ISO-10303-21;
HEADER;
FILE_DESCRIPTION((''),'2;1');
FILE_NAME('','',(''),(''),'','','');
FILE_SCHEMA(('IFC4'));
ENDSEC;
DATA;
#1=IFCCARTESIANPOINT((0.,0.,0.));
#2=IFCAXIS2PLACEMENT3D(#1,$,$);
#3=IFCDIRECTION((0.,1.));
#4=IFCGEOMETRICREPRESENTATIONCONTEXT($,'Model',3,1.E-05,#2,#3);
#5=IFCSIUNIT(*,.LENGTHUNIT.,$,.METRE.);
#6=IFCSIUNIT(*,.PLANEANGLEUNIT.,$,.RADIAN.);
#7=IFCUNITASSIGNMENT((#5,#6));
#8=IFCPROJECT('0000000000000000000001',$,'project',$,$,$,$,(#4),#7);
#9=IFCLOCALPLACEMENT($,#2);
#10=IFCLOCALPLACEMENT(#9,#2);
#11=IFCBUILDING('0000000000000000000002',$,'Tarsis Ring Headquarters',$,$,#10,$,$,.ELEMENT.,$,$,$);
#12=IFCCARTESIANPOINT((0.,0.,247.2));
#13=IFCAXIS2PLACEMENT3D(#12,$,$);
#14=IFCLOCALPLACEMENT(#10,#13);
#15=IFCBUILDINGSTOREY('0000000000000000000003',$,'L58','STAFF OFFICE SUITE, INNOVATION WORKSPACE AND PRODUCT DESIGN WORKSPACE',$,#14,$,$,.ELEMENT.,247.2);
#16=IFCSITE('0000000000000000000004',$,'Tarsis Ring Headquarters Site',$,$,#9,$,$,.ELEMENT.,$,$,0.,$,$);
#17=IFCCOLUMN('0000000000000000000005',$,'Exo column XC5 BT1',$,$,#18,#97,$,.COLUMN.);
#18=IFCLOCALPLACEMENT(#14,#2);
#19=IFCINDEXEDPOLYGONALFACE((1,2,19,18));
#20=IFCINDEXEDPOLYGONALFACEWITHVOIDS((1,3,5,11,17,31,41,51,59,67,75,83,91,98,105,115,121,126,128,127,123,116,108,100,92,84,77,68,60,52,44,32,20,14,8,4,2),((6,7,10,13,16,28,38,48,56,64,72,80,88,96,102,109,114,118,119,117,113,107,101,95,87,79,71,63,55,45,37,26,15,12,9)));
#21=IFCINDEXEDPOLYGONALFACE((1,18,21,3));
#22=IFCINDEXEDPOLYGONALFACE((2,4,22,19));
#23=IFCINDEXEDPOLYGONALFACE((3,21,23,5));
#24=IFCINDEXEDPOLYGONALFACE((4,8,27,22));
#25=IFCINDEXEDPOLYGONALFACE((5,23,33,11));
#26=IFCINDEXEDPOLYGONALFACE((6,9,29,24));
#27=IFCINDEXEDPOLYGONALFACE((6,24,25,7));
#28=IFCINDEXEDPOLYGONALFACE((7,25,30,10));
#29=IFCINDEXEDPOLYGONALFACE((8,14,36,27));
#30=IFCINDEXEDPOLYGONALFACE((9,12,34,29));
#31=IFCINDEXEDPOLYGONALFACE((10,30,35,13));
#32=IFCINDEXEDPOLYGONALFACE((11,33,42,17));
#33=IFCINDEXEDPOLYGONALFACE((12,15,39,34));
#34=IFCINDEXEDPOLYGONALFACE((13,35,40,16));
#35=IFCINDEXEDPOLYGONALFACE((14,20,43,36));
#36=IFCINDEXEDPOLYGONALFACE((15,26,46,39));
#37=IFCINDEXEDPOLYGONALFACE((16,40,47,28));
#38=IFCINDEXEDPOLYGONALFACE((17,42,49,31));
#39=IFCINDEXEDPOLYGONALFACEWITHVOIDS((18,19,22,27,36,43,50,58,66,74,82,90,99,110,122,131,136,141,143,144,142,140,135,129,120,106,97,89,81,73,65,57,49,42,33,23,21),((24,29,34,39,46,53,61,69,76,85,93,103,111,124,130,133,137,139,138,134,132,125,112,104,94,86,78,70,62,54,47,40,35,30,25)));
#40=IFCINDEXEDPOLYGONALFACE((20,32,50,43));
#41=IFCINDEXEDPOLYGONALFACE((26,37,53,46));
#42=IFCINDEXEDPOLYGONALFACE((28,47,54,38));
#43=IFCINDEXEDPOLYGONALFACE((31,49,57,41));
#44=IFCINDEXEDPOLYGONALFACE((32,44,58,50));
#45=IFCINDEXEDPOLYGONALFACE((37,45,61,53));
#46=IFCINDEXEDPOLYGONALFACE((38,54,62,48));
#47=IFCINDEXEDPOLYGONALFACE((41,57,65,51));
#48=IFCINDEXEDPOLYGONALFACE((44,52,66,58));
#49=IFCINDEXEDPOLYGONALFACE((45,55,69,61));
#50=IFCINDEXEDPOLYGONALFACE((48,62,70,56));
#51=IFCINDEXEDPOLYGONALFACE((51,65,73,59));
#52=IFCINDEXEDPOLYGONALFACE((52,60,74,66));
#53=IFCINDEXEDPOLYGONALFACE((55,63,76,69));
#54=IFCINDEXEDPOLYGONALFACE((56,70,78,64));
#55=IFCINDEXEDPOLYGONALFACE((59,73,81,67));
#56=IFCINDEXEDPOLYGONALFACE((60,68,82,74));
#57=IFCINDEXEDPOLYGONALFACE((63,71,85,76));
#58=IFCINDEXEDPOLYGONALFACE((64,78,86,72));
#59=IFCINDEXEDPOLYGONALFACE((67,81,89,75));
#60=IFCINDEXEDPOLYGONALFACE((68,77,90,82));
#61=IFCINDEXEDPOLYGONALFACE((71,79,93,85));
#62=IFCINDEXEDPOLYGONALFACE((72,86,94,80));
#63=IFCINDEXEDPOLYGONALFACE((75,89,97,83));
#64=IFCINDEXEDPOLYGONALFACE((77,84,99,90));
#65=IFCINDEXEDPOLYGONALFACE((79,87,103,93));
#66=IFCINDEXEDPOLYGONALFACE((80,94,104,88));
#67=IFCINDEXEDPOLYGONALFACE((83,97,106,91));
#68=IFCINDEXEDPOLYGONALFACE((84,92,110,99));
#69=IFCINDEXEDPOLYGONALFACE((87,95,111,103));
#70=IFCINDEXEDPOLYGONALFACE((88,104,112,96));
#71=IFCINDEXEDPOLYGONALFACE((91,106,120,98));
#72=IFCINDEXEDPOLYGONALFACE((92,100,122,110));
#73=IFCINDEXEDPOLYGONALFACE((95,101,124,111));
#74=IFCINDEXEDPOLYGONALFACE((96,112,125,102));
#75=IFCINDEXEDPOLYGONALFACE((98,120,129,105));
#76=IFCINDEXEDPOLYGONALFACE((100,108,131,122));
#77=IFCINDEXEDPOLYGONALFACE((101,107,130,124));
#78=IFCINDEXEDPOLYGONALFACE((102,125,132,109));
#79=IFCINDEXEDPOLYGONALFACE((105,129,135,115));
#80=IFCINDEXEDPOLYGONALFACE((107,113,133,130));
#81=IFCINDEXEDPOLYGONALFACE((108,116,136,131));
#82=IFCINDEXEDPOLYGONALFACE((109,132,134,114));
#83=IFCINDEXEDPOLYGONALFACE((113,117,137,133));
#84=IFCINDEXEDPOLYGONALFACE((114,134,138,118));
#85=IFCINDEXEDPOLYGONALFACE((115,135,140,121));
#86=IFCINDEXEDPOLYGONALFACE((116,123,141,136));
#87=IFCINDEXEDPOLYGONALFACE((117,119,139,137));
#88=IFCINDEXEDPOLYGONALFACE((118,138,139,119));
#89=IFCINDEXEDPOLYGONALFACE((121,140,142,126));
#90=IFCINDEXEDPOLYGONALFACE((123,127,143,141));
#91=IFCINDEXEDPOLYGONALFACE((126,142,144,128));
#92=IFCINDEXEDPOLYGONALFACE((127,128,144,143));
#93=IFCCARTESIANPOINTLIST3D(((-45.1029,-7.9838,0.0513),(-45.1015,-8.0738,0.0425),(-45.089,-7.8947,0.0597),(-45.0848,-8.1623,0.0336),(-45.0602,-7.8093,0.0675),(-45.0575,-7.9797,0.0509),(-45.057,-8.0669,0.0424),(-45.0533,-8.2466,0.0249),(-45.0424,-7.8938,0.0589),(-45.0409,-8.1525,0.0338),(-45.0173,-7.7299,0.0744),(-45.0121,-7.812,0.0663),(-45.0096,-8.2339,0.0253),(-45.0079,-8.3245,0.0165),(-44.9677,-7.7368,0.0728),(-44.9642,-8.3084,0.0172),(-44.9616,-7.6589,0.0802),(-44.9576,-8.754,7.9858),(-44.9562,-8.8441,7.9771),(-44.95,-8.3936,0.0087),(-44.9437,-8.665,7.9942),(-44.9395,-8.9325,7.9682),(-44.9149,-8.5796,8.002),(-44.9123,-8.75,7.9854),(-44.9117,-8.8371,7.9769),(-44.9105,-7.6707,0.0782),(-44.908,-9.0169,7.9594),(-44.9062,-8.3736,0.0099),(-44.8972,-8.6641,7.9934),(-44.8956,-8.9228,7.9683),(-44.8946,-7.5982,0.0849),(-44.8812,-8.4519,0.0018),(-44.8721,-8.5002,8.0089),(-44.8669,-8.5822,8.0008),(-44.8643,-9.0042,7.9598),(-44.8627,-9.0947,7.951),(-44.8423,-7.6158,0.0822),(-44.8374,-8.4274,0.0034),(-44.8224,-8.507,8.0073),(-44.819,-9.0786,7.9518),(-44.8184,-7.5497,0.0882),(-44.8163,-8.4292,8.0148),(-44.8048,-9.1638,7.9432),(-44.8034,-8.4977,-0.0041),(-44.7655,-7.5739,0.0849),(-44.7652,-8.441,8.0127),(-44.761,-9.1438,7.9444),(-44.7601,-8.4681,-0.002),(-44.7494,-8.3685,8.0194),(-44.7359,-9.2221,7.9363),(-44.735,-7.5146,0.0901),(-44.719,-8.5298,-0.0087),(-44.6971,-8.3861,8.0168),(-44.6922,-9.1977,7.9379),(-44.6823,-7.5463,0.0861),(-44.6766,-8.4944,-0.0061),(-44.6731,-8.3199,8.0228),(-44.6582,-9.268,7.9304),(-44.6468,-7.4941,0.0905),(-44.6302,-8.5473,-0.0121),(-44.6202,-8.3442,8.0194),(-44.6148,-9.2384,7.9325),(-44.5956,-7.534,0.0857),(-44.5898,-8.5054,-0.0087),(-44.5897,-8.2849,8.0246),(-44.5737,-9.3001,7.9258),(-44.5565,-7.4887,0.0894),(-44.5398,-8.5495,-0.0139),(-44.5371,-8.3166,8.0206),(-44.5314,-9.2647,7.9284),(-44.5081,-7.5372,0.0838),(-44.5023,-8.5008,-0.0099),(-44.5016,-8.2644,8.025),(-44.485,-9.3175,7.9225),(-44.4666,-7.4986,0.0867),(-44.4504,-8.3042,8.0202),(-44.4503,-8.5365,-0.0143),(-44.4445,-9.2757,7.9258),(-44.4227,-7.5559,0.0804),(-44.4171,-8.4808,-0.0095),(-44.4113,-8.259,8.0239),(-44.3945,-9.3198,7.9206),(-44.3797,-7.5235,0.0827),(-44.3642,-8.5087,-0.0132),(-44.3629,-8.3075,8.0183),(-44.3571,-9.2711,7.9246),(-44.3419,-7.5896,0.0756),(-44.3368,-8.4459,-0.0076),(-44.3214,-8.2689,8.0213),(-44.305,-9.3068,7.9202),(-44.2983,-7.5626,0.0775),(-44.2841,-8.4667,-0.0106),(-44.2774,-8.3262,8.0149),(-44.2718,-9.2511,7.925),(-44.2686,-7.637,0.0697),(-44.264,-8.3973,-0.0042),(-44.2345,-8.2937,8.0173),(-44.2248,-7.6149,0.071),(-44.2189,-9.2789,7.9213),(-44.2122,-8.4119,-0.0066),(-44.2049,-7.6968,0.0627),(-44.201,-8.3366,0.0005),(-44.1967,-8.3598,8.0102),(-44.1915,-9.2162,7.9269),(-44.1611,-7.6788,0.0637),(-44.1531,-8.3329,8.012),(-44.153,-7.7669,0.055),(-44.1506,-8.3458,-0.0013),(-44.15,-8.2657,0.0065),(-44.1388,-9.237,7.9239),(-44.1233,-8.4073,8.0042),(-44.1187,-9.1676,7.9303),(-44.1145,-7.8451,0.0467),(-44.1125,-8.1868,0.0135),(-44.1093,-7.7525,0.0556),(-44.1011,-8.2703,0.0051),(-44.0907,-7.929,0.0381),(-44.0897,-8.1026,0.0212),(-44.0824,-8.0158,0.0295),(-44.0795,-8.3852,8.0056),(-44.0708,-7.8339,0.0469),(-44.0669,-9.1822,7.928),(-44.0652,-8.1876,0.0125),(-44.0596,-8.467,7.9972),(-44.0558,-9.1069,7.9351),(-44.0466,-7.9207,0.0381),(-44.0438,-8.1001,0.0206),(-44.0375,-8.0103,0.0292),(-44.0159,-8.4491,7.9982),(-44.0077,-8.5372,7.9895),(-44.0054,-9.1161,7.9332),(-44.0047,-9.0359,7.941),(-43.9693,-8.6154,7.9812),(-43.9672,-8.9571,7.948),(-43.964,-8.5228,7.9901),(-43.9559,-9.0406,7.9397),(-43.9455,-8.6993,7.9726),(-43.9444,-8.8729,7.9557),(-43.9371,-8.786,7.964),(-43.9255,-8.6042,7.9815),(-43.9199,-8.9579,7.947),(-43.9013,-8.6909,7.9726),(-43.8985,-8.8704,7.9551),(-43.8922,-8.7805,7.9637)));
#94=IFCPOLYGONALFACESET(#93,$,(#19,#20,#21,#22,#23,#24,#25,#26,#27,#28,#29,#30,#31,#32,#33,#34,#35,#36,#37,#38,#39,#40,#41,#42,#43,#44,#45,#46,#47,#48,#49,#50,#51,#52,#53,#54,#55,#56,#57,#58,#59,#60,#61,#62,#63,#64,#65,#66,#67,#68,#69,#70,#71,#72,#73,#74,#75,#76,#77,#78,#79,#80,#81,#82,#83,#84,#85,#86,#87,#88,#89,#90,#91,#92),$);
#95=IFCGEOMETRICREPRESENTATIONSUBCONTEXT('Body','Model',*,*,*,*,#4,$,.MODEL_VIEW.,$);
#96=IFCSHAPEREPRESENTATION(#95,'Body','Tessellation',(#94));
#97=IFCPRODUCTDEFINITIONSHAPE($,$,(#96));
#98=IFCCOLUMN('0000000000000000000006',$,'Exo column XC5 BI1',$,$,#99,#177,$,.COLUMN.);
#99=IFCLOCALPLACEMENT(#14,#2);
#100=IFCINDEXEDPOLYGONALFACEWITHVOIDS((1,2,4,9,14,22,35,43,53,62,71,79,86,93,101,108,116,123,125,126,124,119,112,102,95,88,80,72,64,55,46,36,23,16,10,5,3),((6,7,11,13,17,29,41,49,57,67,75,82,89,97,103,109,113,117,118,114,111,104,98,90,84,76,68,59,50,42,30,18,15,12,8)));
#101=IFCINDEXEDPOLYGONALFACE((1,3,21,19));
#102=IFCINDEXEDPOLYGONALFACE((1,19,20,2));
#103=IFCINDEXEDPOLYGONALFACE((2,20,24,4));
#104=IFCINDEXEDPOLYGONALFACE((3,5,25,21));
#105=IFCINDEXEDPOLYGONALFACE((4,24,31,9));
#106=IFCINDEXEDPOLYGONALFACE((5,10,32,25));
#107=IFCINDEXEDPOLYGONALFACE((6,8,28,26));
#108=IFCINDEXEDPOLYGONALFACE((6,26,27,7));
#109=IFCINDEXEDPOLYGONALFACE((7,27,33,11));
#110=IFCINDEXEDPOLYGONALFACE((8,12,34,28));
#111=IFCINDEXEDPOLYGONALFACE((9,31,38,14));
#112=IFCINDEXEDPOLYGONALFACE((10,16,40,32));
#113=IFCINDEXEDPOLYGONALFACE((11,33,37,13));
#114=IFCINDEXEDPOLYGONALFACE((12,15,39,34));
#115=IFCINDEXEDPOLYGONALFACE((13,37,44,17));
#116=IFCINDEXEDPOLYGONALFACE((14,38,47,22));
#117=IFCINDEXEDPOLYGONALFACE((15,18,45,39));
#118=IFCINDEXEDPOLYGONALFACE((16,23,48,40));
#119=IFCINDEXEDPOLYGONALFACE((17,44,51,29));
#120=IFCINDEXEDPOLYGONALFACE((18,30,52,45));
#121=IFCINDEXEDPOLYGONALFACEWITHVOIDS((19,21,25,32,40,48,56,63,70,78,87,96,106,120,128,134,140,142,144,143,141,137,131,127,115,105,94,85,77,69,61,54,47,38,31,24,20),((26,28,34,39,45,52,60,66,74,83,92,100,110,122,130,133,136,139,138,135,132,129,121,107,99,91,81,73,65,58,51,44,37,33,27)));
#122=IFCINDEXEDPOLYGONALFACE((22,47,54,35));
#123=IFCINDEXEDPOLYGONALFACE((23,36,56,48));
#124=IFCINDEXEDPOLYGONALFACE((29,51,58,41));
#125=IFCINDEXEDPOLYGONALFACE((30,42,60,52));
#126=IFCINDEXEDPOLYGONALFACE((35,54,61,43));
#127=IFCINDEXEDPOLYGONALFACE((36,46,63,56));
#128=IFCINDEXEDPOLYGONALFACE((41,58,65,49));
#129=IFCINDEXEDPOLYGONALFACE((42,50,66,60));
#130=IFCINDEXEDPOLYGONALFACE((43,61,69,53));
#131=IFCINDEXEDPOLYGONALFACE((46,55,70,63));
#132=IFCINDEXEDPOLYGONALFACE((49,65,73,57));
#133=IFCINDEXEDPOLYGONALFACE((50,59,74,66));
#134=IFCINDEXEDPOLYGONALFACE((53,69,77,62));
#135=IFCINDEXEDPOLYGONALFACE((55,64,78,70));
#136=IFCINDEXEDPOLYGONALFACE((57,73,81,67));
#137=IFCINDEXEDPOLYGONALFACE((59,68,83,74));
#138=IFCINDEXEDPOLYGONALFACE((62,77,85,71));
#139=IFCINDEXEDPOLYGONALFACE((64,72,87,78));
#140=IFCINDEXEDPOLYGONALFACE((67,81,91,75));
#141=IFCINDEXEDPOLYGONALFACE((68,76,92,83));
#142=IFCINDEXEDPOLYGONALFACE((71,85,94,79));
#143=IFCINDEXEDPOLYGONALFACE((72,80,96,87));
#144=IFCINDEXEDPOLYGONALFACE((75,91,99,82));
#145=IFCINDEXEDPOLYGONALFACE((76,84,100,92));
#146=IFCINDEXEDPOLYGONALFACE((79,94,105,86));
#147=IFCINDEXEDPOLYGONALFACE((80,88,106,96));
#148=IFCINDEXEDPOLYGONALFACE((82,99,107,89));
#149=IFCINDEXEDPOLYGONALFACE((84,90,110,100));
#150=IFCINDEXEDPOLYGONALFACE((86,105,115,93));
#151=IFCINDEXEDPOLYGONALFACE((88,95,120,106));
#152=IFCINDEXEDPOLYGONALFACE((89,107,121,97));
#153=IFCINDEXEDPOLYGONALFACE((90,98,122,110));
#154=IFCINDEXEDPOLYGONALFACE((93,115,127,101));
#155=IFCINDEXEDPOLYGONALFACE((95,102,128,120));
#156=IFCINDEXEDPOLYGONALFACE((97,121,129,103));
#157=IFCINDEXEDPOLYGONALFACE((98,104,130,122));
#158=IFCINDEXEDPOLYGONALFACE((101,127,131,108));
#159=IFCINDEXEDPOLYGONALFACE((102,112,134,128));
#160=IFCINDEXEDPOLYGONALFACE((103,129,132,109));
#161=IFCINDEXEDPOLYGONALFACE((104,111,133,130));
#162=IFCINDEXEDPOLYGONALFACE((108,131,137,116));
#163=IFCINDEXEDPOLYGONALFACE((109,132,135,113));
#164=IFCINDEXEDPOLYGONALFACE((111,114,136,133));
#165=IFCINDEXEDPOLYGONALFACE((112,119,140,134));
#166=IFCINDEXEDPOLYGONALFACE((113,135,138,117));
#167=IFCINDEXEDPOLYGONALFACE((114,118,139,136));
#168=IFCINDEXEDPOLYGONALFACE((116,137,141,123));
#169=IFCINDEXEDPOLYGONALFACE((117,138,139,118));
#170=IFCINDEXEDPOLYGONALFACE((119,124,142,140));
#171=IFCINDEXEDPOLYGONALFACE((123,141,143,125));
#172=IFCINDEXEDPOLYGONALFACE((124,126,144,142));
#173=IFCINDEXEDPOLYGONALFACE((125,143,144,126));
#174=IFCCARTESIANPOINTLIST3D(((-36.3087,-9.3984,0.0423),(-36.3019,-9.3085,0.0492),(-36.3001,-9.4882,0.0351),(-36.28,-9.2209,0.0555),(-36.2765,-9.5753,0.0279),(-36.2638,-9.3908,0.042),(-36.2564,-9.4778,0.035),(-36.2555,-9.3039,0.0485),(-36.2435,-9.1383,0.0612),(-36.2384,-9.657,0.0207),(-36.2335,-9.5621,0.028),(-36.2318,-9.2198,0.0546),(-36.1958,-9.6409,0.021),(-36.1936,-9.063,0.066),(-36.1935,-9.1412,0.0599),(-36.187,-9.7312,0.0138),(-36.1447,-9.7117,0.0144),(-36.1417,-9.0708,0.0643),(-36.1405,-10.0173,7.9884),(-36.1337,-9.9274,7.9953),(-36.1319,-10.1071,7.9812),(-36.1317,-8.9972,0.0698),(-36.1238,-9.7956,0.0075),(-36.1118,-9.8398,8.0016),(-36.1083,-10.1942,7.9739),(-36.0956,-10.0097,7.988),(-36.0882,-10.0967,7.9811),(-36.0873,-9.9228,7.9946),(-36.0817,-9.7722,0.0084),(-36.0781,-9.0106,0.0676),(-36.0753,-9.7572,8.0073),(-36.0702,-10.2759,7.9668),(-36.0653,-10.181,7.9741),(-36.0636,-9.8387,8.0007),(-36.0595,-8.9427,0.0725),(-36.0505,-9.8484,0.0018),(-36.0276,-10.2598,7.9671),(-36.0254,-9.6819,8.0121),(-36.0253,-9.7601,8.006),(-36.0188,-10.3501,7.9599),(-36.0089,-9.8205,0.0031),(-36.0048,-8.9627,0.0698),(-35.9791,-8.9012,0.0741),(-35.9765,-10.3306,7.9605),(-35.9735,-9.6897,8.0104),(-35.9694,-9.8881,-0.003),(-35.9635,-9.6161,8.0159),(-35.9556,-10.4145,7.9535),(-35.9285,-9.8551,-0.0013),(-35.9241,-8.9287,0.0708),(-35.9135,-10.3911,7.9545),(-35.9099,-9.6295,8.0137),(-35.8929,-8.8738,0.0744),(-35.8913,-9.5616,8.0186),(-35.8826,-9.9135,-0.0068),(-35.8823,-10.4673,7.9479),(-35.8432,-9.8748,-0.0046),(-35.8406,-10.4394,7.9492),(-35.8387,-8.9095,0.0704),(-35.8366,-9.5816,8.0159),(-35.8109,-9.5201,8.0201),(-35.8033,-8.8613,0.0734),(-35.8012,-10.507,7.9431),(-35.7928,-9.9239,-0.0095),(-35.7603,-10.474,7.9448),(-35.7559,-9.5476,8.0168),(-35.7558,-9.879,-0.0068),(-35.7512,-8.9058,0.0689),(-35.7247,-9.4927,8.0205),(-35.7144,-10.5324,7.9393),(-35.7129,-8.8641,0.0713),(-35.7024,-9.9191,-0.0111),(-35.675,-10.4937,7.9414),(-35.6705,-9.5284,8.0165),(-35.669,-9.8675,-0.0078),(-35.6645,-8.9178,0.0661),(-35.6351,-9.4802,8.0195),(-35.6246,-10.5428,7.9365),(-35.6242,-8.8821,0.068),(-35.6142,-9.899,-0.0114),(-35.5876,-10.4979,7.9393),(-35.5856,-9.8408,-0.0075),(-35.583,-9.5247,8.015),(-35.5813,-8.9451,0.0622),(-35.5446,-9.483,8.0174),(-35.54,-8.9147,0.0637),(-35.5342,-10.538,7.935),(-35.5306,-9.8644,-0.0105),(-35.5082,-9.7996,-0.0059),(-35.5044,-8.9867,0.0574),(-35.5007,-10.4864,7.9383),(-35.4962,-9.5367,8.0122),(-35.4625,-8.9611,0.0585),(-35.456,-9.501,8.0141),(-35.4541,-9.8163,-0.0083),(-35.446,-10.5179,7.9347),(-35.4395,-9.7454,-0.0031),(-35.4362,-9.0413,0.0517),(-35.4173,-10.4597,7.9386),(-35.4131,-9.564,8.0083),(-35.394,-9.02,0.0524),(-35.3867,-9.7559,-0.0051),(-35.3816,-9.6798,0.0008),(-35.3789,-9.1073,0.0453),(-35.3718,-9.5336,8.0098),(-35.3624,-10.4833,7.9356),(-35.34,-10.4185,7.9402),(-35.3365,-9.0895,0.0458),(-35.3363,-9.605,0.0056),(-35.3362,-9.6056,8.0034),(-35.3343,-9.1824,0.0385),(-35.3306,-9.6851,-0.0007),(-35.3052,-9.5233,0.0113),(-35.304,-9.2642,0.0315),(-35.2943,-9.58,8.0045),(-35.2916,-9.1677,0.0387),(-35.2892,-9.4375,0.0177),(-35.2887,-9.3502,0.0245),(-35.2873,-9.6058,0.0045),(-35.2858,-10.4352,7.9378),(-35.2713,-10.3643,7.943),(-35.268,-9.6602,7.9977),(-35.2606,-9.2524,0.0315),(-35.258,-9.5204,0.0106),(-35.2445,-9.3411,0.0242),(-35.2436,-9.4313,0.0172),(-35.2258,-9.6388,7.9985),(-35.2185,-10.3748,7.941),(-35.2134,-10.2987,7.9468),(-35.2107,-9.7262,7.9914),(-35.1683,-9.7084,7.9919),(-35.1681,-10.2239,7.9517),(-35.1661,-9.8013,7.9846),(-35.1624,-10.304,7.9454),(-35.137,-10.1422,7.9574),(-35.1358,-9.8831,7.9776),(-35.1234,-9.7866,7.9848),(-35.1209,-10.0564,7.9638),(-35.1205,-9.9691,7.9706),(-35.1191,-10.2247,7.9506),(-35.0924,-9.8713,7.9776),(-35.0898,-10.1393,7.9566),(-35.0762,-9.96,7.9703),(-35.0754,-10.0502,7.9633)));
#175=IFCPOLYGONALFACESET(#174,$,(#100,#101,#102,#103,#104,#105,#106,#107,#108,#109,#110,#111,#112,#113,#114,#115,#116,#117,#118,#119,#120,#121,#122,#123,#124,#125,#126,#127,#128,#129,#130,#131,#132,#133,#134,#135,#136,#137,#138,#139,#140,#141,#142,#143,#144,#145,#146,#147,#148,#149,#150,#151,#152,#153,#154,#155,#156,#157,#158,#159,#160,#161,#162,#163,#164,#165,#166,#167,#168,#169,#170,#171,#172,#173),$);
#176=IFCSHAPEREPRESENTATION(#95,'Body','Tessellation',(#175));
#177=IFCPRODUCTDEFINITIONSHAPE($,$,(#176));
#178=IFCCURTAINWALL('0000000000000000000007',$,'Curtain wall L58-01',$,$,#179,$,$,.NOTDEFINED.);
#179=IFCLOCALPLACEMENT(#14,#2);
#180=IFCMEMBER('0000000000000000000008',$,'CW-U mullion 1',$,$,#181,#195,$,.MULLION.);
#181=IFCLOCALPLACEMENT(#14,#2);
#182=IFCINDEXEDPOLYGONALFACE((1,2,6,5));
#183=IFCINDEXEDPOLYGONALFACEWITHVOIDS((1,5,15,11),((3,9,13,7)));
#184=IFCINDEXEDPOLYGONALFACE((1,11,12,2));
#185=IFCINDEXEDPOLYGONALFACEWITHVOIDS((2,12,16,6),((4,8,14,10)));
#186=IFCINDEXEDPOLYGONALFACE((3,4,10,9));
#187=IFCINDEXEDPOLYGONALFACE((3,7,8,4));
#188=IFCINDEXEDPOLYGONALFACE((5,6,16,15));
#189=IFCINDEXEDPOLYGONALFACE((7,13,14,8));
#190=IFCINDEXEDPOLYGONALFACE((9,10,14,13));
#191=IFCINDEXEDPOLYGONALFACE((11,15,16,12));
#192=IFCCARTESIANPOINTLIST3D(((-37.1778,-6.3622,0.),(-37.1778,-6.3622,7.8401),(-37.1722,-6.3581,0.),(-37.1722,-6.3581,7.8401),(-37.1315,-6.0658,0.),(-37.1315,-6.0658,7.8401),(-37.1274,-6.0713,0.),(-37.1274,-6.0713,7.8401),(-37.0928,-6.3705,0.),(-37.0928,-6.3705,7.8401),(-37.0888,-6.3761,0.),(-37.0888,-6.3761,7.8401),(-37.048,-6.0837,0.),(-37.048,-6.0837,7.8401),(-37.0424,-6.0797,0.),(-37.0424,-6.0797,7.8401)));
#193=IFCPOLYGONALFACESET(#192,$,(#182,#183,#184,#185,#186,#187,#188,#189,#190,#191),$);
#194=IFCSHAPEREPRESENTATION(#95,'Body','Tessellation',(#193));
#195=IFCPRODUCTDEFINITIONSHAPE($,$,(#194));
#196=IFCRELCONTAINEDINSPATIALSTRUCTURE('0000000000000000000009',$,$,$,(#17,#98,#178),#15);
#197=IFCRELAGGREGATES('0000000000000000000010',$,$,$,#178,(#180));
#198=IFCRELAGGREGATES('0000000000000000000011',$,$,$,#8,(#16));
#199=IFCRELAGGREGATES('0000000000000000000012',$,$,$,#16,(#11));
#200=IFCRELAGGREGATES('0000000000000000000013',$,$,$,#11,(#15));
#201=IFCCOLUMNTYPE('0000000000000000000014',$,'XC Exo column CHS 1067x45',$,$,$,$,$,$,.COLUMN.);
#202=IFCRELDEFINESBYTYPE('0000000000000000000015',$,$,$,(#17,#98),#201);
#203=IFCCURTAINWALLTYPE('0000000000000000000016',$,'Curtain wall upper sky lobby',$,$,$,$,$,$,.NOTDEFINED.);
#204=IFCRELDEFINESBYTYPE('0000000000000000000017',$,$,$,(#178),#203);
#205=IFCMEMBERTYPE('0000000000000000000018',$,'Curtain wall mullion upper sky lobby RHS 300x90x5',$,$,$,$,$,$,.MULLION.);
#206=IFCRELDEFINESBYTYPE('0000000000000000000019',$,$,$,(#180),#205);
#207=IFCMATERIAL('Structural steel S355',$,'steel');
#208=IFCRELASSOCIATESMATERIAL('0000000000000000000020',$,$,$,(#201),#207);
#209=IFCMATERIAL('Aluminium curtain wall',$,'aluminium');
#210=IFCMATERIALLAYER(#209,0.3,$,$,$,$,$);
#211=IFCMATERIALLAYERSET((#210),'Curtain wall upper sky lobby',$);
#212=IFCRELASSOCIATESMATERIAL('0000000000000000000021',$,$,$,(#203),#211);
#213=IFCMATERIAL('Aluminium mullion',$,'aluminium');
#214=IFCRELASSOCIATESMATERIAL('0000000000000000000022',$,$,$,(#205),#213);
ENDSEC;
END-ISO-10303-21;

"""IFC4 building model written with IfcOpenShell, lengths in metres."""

from ifc_helpers import new_model, si_unit, direction, frame, origin, origin_2d, place, context, subcontext, project, spatial, hollow_rectangle, hollow_circle, extrude, material, layer, layer_set, material_profile, profile_set, type_object, element, aggregate, save


model = new_model("IFC4")

# Units and contexts
model_context = context("Model", 3, precision=1e-05, world=origin(), true_north=direction((0.0, 1.0)))
body_context = subcontext(model_context, "Body", "Model", "MODEL_VIEW")
ifc_project = project(units=[si_unit("LENGTHUNIT", "METRE"), si_unit("PLANEANGLEUNIT", "RADIAN")], contexts=[model_context])

# Site, building, storey
site_placement = place(None, origin())
site = spatial("IfcSite", under=ifc_project, at=site_placement, Name="Tarsis Ring Headquarters Site", CompositionType="ELEMENT", RefElevation=0.0)
building_placement = place(site_placement, origin())
building = spatial("IfcBuilding", under=site, at=building_placement, Name="Tarsis Ring Headquarters", CompositionType="ELEMENT")
storey_placement = place(building_placement, frame((0.0, 0.0, 247.2)))
storey = spatial("IfcBuildingStorey", under=building, at=storey_placement, Name="L58", Description="STAFF OFFICE SUITE, INNOVATION WORKSPACE AND PRODUCT DESIGN WORKSPACE", CompositionType="ELEMENT", Elevation=247.2)

# Columns
ifc_material_1 = material(Name="Structural steel S355", Category="steel")
ifc_material_profile_1 = material_profile(ifc_material_1, hollow_circle(Radius=0.5334, WallThickness=0.0449, at=origin_2d()), Name="CHS 1067x45")
ifc_profile_set_1 = profile_set([ifc_material_profile_1], Name="Structural steel S355")
column_type = type_object("IfcColumnType", Name="XC Exo column CHS 1067x45", PredefinedType="COLUMN", material=ifc_profile_set_1)
column_1_placement = place(storey_placement, frame((-44.5708, -8.0195, 0.0381), z_axis=(0.018219, -0.096607, 0.995156), x_axis=(0.982678, 0.185323, 0.0)))
element("IfcColumn", 1, at=column_1_placement, inside=storey, type_object=column_type, Name="Exo column XC5 BT1", PredefinedType="COLUMN", context=body_context, shape_type="SweptSolid", body=[
    extrude(hollow_circle(Radius=0.5334, WallThickness=0.0449, at=origin_2d()), origin(), (0.0, 0.0, 1.0), 7.9731),
])
column_2_placement = place(storey_placement, frame((-35.7754, -9.3923, 0.0315), z_axis=(0.021101, -0.077635, 0.996759), x_axis=(0.964992, 0.26228, 0.0)))
element("IfcColumn", 2, at=column_2_placement, inside=storey, type_object=column_type, Name="Exo column XC5 BI1", PredefinedType="COLUMN", context=body_context, shape_type="SweptSolid", body=[
    extrude(hollow_circle(Radius=0.5334, WallThickness=0.0449, at=origin_2d()), origin(), (0.0, 0.0, 1.0), 7.9719),
])

# Curtain wall, member
ifc_material_2 = material(Name="Aluminium curtain wall", Category="aluminium")
ifc_layer_1 = layer(ifc_material_2, 0.3)
ifc_layer_set_1 = layer_set([ifc_layer_1], Name="Curtain wall upper sky lobby")
curtain_wall_type = type_object("IfcCurtainWallType", Name="Curtain wall upper sky lobby", PredefinedType="NOTDEFINED", material=ifc_layer_set_1)
curtain_wall_placement = place(storey_placement, origin())
curtain_wall = element("IfcCurtainWall", 3, at=curtain_wall_placement, inside=storey, type_object=curtain_wall_type, Name="Curtain wall L58-01", PredefinedType="NOTDEFINED")
ifc_material_3 = material(Name="Aluminium mullion", Category="aluminium")
ifc_material_profile_2 = material_profile(ifc_material_3, hollow_rectangle(XDim=0.3, YDim=0.0901, WallThickness=0.0049, at=origin_2d()), Name="RHS 300x90x5")
ifc_profile_set_2 = profile_set([ifc_material_profile_2], Name="Aluminium mullion")
member_type_1 = type_object("IfcMemberType", Name="Curtain wall mullion upper sky lobby RHS 300x90x5", PredefinedType="MULLION", material=ifc_profile_set_2)
member_1_placement = place(storey_placement, frame((-37.1101, -6.2209, 0.0), z_axis=(0.0, 0.0, 1.0), x_axis=(0.154365, 0.988014, 0.0)))
member_1 = element("IfcMember", 4, at=member_1_placement, type_object=member_type_1, Name="CW-U mullion 1", PredefinedType="MULLION", context=body_context, shape_type="SweptSolid", body=[
    extrude(hollow_rectangle(XDim=0.3, YDim=0.0901, WallThickness=0.0049, at=origin_2d()), origin(), (0.0, 0.0, 1.0), 7.8401),
])
aggregate(curtain_wall, [member_1])

save(model, "model.ifc")
